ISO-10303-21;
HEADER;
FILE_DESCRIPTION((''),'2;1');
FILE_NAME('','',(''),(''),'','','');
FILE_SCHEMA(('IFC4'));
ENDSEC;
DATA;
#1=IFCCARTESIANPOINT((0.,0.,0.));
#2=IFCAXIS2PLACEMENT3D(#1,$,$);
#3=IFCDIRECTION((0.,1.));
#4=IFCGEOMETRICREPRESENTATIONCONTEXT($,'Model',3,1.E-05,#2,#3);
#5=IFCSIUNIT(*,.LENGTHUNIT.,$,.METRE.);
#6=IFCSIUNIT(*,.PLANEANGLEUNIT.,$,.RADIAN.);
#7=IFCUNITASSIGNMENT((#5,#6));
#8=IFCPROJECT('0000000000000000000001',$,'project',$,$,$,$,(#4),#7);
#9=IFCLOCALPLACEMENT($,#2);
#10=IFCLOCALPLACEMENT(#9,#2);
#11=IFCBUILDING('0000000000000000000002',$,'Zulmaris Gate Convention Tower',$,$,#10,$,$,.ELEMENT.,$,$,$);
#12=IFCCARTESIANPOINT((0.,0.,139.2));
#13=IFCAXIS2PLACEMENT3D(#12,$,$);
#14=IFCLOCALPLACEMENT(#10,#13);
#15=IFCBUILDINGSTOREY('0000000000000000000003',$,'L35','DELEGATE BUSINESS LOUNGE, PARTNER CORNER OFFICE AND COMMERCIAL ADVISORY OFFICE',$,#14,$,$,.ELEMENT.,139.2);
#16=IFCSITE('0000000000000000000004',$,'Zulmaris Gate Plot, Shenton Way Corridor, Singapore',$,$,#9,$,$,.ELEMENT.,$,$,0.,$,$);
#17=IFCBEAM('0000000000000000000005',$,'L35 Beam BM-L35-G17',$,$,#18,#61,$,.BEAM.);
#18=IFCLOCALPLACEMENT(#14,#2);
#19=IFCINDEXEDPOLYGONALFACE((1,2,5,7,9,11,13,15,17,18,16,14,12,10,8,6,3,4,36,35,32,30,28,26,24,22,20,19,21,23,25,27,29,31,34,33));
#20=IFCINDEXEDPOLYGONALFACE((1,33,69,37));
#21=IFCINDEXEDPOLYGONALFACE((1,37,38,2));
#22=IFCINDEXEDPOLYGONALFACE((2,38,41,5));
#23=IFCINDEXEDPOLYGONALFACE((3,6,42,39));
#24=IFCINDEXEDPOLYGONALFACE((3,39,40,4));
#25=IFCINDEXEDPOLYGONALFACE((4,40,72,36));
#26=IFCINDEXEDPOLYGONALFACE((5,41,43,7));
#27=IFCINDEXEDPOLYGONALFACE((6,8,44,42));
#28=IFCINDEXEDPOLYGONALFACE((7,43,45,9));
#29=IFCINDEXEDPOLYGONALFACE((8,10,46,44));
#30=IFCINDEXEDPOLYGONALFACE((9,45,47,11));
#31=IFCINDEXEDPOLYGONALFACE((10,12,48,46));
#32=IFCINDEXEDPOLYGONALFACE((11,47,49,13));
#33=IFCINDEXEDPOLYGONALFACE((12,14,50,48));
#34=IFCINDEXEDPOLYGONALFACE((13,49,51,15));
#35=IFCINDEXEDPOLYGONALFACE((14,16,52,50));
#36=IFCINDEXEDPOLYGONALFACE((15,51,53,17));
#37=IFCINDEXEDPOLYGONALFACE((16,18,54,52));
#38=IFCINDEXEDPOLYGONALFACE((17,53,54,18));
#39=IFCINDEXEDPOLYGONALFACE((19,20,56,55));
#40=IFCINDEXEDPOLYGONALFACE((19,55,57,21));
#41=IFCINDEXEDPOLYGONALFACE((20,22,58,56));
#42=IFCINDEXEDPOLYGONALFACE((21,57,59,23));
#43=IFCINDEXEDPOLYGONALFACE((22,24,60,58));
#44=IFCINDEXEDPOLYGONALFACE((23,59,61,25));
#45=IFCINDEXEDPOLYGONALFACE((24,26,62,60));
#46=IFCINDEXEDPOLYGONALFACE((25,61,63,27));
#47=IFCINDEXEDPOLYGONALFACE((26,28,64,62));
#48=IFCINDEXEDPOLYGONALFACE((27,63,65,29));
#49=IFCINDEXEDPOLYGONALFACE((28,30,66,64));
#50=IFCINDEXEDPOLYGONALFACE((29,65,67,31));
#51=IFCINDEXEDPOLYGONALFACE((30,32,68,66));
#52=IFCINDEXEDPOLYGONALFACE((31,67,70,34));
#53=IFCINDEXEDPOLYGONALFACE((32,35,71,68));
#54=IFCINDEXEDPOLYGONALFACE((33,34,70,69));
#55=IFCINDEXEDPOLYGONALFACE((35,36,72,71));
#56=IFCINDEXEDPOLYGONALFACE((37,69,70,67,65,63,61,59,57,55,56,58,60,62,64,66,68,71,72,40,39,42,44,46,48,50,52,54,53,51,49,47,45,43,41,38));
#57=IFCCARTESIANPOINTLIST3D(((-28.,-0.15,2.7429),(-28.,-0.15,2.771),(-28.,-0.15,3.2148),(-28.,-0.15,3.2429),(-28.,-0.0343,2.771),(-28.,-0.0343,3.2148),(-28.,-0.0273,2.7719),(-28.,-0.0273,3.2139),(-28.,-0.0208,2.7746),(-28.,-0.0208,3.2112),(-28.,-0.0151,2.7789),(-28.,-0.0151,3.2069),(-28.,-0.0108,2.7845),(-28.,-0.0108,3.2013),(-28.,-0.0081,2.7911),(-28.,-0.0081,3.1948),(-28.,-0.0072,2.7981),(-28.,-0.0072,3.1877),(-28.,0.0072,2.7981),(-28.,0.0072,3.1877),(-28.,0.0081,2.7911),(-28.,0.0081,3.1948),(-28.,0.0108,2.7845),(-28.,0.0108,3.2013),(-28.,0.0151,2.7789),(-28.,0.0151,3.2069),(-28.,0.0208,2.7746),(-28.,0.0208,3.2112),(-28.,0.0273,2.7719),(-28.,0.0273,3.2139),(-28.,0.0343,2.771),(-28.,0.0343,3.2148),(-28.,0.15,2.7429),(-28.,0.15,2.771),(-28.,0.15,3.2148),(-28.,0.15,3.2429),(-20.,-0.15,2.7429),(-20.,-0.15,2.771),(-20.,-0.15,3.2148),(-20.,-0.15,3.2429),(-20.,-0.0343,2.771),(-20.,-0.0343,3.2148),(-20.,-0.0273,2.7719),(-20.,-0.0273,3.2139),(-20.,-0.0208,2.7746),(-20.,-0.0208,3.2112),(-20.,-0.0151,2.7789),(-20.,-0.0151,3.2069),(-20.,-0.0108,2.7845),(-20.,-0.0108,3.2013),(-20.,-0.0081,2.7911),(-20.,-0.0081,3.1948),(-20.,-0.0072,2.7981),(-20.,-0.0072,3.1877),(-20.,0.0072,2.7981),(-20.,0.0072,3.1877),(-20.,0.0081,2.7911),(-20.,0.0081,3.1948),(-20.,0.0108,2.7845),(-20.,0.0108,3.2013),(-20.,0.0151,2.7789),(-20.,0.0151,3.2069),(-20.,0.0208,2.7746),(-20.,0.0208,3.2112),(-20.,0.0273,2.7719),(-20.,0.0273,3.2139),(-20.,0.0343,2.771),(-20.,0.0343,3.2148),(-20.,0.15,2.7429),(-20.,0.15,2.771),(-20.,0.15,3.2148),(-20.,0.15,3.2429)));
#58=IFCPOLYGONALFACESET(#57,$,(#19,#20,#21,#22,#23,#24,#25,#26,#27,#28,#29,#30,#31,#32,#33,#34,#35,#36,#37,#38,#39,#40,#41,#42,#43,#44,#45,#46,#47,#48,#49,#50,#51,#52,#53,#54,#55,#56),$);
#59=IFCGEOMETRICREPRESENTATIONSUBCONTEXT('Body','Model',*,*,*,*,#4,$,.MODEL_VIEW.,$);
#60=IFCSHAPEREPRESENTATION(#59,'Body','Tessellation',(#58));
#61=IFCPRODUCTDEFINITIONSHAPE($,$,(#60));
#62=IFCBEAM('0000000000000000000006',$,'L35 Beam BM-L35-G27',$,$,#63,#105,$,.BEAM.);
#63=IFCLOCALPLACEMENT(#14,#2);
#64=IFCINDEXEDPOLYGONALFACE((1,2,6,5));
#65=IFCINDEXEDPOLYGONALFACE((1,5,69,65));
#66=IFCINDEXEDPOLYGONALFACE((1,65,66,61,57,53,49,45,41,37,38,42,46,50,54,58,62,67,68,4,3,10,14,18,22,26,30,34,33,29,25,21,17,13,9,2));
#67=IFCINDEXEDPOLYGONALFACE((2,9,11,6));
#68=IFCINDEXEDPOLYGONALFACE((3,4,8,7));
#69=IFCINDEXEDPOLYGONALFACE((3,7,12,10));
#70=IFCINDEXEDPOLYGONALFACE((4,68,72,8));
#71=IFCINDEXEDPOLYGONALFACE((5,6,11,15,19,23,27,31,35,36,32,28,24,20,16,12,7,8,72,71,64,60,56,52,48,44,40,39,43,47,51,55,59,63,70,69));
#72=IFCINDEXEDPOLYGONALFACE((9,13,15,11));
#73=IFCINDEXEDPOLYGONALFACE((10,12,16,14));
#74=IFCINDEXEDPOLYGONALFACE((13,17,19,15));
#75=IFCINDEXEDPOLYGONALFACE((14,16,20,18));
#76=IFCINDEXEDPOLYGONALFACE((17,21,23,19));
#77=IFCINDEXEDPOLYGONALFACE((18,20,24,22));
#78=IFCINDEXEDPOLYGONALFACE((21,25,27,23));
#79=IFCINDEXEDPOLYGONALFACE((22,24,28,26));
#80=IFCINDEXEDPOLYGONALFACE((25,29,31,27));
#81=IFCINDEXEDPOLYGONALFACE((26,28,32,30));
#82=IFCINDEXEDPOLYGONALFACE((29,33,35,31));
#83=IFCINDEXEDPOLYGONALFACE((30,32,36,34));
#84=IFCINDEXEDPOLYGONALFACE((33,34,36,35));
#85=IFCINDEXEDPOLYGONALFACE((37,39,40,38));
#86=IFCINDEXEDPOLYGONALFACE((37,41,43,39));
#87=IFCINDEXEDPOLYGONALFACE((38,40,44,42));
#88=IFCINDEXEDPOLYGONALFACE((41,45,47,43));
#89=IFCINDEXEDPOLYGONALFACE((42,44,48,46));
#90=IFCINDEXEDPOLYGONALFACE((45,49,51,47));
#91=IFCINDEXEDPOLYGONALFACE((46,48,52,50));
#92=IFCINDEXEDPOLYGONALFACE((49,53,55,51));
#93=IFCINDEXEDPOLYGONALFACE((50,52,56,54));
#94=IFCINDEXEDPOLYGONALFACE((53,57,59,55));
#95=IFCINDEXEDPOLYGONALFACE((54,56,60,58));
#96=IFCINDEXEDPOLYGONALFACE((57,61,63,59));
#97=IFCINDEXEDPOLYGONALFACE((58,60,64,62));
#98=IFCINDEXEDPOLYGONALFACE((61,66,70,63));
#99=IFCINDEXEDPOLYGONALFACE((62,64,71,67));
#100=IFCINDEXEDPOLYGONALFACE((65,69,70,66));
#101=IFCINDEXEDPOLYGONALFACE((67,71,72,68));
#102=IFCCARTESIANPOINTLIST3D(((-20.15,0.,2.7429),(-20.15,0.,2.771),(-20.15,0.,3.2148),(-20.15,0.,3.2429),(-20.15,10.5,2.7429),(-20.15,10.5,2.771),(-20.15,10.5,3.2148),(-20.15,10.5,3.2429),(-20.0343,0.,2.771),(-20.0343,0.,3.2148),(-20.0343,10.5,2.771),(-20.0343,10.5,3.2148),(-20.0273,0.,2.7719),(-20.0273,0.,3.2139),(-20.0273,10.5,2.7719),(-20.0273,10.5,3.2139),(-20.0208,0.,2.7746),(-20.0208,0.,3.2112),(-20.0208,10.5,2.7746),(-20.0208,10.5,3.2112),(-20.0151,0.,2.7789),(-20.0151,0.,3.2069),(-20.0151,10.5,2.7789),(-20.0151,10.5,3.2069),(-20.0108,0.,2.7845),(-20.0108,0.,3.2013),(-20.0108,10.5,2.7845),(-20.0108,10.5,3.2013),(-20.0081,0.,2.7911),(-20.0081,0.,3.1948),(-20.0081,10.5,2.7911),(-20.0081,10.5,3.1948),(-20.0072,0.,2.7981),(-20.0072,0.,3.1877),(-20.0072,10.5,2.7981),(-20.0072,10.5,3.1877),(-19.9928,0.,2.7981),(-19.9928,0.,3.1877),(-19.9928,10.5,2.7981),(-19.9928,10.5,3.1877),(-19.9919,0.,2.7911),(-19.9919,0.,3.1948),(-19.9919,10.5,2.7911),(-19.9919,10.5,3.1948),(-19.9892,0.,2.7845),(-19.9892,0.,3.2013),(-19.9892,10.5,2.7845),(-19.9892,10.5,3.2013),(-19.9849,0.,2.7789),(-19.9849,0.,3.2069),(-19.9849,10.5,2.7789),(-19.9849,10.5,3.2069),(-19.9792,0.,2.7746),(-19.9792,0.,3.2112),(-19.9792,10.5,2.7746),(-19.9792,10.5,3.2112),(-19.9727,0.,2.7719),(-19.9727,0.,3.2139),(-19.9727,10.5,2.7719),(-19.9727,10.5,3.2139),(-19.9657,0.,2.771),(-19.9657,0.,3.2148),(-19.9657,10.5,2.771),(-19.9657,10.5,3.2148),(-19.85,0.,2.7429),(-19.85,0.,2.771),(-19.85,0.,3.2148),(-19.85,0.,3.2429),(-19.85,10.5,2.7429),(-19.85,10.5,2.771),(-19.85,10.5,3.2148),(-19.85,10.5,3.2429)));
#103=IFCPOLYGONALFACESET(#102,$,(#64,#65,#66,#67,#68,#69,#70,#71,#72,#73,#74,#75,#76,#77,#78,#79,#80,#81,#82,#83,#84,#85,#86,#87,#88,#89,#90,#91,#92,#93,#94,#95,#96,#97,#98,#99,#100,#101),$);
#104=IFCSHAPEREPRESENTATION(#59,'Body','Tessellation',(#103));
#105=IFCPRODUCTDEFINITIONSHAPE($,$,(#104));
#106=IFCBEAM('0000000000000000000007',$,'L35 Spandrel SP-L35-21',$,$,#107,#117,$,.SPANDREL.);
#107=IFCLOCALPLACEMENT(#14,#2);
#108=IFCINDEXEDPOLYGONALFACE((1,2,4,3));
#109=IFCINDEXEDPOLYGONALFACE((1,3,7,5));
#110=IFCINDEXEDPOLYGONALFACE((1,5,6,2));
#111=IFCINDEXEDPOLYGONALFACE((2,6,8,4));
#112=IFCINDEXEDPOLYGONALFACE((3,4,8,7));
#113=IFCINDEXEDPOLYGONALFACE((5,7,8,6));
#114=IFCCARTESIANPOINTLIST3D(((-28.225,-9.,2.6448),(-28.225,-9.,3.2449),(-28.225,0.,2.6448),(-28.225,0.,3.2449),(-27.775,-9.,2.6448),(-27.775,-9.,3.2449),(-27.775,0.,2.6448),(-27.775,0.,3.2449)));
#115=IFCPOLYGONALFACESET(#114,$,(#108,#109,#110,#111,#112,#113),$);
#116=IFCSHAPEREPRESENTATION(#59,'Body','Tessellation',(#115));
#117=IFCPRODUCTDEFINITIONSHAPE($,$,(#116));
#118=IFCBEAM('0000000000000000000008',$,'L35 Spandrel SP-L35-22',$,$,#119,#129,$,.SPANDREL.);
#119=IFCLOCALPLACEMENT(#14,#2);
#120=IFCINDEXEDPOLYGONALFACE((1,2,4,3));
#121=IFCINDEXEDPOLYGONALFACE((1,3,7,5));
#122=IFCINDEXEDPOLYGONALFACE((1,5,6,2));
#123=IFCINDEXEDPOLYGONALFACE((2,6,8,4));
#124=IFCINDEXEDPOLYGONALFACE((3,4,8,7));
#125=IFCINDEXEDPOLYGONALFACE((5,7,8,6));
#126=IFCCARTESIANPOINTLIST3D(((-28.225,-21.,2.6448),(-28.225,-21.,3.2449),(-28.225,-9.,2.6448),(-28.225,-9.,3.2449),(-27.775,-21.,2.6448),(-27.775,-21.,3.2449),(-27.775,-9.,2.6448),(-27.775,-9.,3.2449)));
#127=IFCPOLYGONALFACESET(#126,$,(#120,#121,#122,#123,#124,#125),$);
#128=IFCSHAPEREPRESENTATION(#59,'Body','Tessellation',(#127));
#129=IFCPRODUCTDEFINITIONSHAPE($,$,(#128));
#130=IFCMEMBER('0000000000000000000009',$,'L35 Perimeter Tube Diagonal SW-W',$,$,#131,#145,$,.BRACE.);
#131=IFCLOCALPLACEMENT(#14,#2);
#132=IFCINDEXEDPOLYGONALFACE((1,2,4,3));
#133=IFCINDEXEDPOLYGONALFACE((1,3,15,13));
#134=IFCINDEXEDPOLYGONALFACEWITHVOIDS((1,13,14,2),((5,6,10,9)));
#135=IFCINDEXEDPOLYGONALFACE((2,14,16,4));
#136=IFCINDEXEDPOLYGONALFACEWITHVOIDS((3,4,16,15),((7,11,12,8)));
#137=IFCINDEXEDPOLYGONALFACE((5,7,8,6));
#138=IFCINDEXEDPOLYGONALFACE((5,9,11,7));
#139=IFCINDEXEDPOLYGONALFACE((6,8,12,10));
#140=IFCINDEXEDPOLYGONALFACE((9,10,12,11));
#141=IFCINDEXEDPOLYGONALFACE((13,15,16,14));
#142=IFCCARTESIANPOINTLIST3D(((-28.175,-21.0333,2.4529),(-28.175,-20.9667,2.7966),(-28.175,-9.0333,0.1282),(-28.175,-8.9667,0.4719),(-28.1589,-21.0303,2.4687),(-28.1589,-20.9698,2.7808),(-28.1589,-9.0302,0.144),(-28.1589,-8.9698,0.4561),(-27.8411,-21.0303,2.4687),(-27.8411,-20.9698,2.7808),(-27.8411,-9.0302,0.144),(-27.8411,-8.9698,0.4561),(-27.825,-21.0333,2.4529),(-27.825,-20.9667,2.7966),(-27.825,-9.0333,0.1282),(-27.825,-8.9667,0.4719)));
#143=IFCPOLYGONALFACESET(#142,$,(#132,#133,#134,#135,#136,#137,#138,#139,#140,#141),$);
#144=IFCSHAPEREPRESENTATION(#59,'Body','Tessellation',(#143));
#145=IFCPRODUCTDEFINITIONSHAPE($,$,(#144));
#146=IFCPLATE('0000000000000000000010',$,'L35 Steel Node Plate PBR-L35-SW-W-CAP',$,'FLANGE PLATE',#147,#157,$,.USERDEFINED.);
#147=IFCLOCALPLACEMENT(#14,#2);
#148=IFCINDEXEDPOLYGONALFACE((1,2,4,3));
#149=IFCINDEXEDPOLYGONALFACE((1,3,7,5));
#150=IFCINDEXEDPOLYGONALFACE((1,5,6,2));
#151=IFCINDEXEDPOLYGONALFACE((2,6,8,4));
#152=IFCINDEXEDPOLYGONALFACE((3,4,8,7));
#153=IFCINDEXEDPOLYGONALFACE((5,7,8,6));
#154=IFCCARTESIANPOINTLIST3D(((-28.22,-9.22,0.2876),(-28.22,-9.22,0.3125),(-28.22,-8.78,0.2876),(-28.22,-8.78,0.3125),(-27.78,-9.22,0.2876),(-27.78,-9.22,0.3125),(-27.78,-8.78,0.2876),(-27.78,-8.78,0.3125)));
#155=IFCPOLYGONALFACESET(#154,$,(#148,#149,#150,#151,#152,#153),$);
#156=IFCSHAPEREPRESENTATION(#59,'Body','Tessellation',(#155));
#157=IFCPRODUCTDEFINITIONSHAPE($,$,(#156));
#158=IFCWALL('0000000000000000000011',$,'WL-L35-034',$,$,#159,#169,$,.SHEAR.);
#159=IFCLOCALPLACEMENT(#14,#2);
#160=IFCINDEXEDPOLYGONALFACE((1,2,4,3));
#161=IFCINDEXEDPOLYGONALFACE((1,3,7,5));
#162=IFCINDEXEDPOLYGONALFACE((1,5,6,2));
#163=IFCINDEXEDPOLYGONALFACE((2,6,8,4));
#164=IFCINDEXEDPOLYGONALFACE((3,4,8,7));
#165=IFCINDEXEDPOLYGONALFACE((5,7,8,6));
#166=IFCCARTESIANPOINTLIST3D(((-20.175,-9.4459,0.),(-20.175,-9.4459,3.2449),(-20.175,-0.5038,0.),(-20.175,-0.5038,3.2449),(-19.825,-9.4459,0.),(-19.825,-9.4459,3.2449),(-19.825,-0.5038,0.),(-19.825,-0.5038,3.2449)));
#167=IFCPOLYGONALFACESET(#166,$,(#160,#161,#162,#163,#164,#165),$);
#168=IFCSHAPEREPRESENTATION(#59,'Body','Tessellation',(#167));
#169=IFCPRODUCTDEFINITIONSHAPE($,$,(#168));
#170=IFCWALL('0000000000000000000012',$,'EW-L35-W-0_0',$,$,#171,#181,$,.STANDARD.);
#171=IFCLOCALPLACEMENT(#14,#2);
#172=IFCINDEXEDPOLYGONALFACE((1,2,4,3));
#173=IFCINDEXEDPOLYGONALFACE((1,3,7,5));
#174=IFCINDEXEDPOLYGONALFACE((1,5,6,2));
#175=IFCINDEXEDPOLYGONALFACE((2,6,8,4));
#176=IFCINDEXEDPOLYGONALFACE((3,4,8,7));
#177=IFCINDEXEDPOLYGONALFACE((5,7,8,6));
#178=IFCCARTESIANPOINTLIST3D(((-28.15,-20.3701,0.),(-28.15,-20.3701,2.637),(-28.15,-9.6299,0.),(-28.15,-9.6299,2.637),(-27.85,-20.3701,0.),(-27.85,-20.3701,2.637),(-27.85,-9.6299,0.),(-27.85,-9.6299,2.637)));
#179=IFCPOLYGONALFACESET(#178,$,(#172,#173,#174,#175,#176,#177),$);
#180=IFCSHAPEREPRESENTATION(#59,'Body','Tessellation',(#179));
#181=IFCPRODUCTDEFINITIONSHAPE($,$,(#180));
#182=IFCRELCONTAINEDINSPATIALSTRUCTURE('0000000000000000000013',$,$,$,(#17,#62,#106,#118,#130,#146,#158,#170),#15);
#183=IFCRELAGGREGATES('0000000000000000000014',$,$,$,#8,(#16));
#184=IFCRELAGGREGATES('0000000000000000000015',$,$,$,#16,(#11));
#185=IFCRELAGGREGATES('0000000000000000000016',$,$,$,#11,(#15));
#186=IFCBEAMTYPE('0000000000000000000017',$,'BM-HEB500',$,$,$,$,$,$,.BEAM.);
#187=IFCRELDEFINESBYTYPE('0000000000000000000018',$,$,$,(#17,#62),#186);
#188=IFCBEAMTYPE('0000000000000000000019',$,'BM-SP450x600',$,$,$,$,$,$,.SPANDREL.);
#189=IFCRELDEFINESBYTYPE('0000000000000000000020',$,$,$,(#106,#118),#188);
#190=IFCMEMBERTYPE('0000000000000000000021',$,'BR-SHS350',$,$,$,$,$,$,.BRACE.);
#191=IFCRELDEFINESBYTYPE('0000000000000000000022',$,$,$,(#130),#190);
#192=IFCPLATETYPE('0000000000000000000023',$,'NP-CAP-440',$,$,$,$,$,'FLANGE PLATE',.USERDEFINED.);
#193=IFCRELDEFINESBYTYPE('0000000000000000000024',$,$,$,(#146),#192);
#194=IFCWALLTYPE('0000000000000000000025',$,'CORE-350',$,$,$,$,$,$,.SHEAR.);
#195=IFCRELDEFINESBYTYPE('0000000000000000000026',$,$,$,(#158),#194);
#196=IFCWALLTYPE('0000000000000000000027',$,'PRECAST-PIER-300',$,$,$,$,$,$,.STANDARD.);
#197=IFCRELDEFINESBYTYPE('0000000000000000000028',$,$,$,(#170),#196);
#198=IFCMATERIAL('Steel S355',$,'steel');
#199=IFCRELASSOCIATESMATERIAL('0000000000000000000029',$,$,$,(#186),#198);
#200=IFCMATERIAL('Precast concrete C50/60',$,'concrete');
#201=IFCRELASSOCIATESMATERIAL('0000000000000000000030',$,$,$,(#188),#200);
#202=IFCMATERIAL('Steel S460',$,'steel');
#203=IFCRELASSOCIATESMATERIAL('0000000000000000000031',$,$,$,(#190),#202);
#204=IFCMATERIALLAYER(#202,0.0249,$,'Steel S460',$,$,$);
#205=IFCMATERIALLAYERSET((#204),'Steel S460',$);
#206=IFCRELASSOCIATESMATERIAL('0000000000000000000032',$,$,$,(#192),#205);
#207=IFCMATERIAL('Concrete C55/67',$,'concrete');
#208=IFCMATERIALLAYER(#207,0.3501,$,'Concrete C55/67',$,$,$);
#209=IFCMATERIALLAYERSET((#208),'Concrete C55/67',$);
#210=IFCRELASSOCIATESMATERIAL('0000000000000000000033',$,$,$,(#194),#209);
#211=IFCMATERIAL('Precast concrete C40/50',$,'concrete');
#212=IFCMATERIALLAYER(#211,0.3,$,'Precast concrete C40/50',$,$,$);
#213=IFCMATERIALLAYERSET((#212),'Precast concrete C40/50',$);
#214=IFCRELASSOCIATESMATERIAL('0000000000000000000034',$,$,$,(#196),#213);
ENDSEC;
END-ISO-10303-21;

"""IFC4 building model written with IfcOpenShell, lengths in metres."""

from ifc_helpers import new_model, si_unit, direction, frame, frame_2d, origin, origin_2d, place, context, subcontext, project, spatial, rectangle, hollow_rectangle, i_section, extrude, material, layer, layer_set, material_profile, profile_set, type_object, element, save


model = new_model("IFC4")

# Units and contexts
model_context = context("Model", 3, precision=1e-05, world=origin(), true_north=direction((0.0, 1.0)))
body_context = subcontext(model_context, "Body", "Model", "MODEL_VIEW")
ifc_project = project(units=[si_unit("LENGTHUNIT", "METRE"), si_unit("PLANEANGLEUNIT", "RADIAN")], contexts=[model_context])

# Site, building, storey
site_placement = place(None, origin())
site = spatial("IfcSite", under=ifc_project, at=site_placement, Name="Zulmaris Gate Plot, Shenton Way Corridor, Singapore", CompositionType="ELEMENT", RefElevation=0.0)
building_placement = place(site_placement, origin())
building = spatial("IfcBuilding", under=site, at=building_placement, Name="Zulmaris Gate Convention Tower", CompositionType="ELEMENT")
storey_placement = place(building_placement, frame((0.0, 0.0, 139.2)))
storey = spatial("IfcBuildingStorey", under=building, at=storey_placement, Name="L35", Description="DELEGATE BUSINESS LOUNGE, PARTNER CORNER OFFICE AND COMMERCIAL ADVISORY OFFICE", CompositionType="ELEMENT", Elevation=139.2)

# Beams
ifc_material_1 = material(Name="Steel S355", Category="steel")
ifc_material_profile_1 = material_profile(ifc_material_1, i_section(OverallWidth=0.3, OverallDepth=0.5, WebThickness=0.0144, FlangeThickness=0.0281, FilletRadius=0.0271, at=origin_2d()), Name="HEB 500")
ifc_profile_set_1 = profile_set([ifc_material_profile_1], Name="Steel S355")
beam_type_1 = type_object("IfcBeamType", Name="BM-HEB500", PredefinedType="BEAM", material=ifc_profile_set_1)
for number, where, z_axis, x_axis, name in (
    (1, (-28.0, 0.0, 2.9929), (1.0, 0.0, 0.0), (0.0, 1.0, 0.0), "L35 Beam BM-L35-G17"),
):
    element("IfcBeam", number, at=place(storey_placement, frame(where, z_axis=z_axis, x_axis=x_axis)), inside=storey, type_object=beam_type_1, Name=name, PredefinedType="BEAM", context=body_context, shape_type="SweptSolid", body=[
        extrude(i_section(OverallWidth=0.3, OverallDepth=0.5, WebThickness=0.0144, FlangeThickness=0.0281, FilletRadius=0.0271, at=origin_2d()), origin(), (0.0, 0.0, 1.0), 8.0),
    ])
beam_1_placement = place(storey_placement, frame((-20.0, 0.0, 2.9929), z_axis=(0.0, 1.0, 0.0), x_axis=(-1.0, 0.0, 0.0)))
element("IfcBeam", 2, at=beam_1_placement, inside=storey, type_object=beam_type_1, Name="L35 Beam BM-L35-G27", PredefinedType="BEAM", context=body_context, shape_type="SweptSolid", body=[
    extrude(i_section(OverallWidth=0.3, OverallDepth=0.5, WebThickness=0.0144, FlangeThickness=0.0281, FilletRadius=0.0271, at=origin_2d()), origin(), (0.0, 0.0, 1.0), 10.5),
])
ifc_material_2 = material(Name="Precast concrete C50/60", Category="concrete")
ifc_material_profile_2 = material_profile(ifc_material_2, rectangle(XDim=0.45, YDim=0.6001, at=origin_2d()), Name="RC SPANDREL 450x600")
ifc_profile_set_2 = profile_set([ifc_material_profile_2], Name="Precast concrete C50/60")
beam_type_2 = type_object("IfcBeamType", Name="BM-SP450x600", PredefinedType="SPANDREL", material=ifc_profile_set_2)
beam_2_placement = place(storey_placement, frame((-28.0, 0.0, 2.9448), z_axis=(0.0, -1.0, 0.0), x_axis=(1.0, 0.0, 0.0)))
element("IfcBeam", 3, at=beam_2_placement, inside=storey, type_object=beam_type_2, Name="L35 Spandrel SP-L35-21", PredefinedType="SPANDREL", context=body_context, shape_type="SweptSolid", body=[
    extrude(rectangle(XDim=0.45, YDim=0.6001, at=origin_2d()), origin(), (0.0, 0.0, 1.0), 9.0),
])
beam_3_placement = place(storey_placement, frame((-28.0, -9.0, 2.9448), z_axis=(0.0, -1.0, 0.0), x_axis=(1.0, 0.0, 0.0)))
element("IfcBeam", 4, at=beam_3_placement, inside=storey, type_object=beam_type_2, Name="L35 Spandrel SP-L35-22", PredefinedType="SPANDREL", context=body_context, shape_type="SweptSolid", body=[
    extrude(rectangle(XDim=0.45, YDim=0.6001, at=origin_2d()), origin(), (0.0, 0.0, 1.0), 12.0),
])

# Member
ifc_material_3 = material(Name="Steel S460", Category="steel")
ifc_material_profile_3 = material_profile(ifc_material_3, hollow_rectangle(XDim=0.3501, YDim=0.3501, WallThickness=0.0161, at=origin_2d()), Name="SHS 350x350x16")
ifc_profile_set_3 = profile_set([ifc_material_profile_3], Name="Steel S460")
member_type = type_object("IfcMemberType", Name="BR-SHS350", PredefinedType="BRACE", material=ifc_profile_set_3)
member_placement = place(storey_placement, frame((-28.0, -9.0, 0.3), z_axis=(0.0, -0.981747, 0.19019), x_axis=(1.0, 0.0, 0.0)))
element("IfcMember", 5, at=member_placement, inside=storey, type_object=member_type, Name="L35 Perimeter Tube Diagonal SW-W", PredefinedType="BRACE", context=body_context, shape_type="SweptSolid", body=[
    extrude(hollow_rectangle(XDim=0.3501, YDim=0.3501, WallThickness=0.0161, at=origin_2d()), origin(), (0.0, 0.0, 1.0), 12.2231),
])

# Plate
ifc_layer_1 = layer(ifc_material_3, 0.0249, Name="Steel S460")
ifc_layer_set_1 = layer_set([ifc_layer_1], Name="Steel S460")
plate_type = type_object("IfcPlateType", Name="NP-CAP-440", ElementType="FLANGE PLATE", PredefinedType="USERDEFINED", material=ifc_layer_set_1)
plate_placement = place(storey_placement, frame((-28.0, -9.0, 0.2876), z_axis=(0.0, 0.0, 1.0), x_axis=(1.0, 0.0, 0.0)))
element("IfcPlate", 6, at=plate_placement, inside=storey, type_object=plate_type, Name="L35 Steel Node Plate PBR-L35-SW-W-CAP", ObjectType="FLANGE PLATE", PredefinedType="USERDEFINED", context=body_context, shape_type="SweptSolid", body=[
    extrude(rectangle(XDim=0.4399, YDim=0.4399, at=origin_2d()), origin(), (0.0, 0.0, 1.0), 0.0249),
])

# Walls
ifc_material_4 = material(Name="Concrete C55/67", Category="concrete")
ifc_layer_2 = layer(ifc_material_4, 0.3501, Name="Concrete C55/67")
ifc_layer_set_2 = layer_set([ifc_layer_2], Name="Concrete C55/67")
wall_type_1 = type_object("IfcWallType", Name="CORE-350", PredefinedType="SHEAR", material=ifc_layer_set_2)
wall_1_placement = place(storey_placement, frame((-20.0, -9.446, 0.0), z_axis=(0.0, 0.0, 1.0), x_axis=(0.0, 1.0, 0.0)))
element("IfcWall", 7, at=wall_1_placement, inside=storey, type_object=wall_type_1, Name="WL-L35-034", PredefinedType="SHEAR", context=body_context, shape_type="SweptSolid", body=[
    extrude(rectangle(XDim=8.9421, YDim=0.3501, at=frame_2d((4.4712, 0.0))), origin(), (0.0, 0.0, 1.0), 3.2449),
])
ifc_material_5 = material(Name="Precast concrete C40/50", Category="concrete")
ifc_layer_3 = layer(ifc_material_5, 0.3, Name="Precast concrete C40/50")
ifc_layer_set_3 = layer_set([ifc_layer_3], Name="Precast concrete C40/50")
wall_type_2 = type_object("IfcWallType", Name="PRECAST-PIER-300", PredefinedType="STANDARD", material=ifc_layer_set_3)
wall_2_placement = place(storey_placement, frame((-28.0, -9.6299, 0.0), z_axis=(0.0, 0.0, 1.0), x_axis=(0.0, -1.0, 0.0)))
element("IfcWall", 8, at=wall_2_placement, inside=storey, type_object=wall_type_2, Name="EW-L35-W-0_0", PredefinedType="STANDARD", context=body_context, shape_type="SweptSolid", body=[
    extrude(rectangle(XDim=10.7402, YDim=0.3, at=frame_2d((5.3701, 0.0))), origin(), (0.0, 0.0, 1.0), 2.637),
])

save(model, "model.ifc")
